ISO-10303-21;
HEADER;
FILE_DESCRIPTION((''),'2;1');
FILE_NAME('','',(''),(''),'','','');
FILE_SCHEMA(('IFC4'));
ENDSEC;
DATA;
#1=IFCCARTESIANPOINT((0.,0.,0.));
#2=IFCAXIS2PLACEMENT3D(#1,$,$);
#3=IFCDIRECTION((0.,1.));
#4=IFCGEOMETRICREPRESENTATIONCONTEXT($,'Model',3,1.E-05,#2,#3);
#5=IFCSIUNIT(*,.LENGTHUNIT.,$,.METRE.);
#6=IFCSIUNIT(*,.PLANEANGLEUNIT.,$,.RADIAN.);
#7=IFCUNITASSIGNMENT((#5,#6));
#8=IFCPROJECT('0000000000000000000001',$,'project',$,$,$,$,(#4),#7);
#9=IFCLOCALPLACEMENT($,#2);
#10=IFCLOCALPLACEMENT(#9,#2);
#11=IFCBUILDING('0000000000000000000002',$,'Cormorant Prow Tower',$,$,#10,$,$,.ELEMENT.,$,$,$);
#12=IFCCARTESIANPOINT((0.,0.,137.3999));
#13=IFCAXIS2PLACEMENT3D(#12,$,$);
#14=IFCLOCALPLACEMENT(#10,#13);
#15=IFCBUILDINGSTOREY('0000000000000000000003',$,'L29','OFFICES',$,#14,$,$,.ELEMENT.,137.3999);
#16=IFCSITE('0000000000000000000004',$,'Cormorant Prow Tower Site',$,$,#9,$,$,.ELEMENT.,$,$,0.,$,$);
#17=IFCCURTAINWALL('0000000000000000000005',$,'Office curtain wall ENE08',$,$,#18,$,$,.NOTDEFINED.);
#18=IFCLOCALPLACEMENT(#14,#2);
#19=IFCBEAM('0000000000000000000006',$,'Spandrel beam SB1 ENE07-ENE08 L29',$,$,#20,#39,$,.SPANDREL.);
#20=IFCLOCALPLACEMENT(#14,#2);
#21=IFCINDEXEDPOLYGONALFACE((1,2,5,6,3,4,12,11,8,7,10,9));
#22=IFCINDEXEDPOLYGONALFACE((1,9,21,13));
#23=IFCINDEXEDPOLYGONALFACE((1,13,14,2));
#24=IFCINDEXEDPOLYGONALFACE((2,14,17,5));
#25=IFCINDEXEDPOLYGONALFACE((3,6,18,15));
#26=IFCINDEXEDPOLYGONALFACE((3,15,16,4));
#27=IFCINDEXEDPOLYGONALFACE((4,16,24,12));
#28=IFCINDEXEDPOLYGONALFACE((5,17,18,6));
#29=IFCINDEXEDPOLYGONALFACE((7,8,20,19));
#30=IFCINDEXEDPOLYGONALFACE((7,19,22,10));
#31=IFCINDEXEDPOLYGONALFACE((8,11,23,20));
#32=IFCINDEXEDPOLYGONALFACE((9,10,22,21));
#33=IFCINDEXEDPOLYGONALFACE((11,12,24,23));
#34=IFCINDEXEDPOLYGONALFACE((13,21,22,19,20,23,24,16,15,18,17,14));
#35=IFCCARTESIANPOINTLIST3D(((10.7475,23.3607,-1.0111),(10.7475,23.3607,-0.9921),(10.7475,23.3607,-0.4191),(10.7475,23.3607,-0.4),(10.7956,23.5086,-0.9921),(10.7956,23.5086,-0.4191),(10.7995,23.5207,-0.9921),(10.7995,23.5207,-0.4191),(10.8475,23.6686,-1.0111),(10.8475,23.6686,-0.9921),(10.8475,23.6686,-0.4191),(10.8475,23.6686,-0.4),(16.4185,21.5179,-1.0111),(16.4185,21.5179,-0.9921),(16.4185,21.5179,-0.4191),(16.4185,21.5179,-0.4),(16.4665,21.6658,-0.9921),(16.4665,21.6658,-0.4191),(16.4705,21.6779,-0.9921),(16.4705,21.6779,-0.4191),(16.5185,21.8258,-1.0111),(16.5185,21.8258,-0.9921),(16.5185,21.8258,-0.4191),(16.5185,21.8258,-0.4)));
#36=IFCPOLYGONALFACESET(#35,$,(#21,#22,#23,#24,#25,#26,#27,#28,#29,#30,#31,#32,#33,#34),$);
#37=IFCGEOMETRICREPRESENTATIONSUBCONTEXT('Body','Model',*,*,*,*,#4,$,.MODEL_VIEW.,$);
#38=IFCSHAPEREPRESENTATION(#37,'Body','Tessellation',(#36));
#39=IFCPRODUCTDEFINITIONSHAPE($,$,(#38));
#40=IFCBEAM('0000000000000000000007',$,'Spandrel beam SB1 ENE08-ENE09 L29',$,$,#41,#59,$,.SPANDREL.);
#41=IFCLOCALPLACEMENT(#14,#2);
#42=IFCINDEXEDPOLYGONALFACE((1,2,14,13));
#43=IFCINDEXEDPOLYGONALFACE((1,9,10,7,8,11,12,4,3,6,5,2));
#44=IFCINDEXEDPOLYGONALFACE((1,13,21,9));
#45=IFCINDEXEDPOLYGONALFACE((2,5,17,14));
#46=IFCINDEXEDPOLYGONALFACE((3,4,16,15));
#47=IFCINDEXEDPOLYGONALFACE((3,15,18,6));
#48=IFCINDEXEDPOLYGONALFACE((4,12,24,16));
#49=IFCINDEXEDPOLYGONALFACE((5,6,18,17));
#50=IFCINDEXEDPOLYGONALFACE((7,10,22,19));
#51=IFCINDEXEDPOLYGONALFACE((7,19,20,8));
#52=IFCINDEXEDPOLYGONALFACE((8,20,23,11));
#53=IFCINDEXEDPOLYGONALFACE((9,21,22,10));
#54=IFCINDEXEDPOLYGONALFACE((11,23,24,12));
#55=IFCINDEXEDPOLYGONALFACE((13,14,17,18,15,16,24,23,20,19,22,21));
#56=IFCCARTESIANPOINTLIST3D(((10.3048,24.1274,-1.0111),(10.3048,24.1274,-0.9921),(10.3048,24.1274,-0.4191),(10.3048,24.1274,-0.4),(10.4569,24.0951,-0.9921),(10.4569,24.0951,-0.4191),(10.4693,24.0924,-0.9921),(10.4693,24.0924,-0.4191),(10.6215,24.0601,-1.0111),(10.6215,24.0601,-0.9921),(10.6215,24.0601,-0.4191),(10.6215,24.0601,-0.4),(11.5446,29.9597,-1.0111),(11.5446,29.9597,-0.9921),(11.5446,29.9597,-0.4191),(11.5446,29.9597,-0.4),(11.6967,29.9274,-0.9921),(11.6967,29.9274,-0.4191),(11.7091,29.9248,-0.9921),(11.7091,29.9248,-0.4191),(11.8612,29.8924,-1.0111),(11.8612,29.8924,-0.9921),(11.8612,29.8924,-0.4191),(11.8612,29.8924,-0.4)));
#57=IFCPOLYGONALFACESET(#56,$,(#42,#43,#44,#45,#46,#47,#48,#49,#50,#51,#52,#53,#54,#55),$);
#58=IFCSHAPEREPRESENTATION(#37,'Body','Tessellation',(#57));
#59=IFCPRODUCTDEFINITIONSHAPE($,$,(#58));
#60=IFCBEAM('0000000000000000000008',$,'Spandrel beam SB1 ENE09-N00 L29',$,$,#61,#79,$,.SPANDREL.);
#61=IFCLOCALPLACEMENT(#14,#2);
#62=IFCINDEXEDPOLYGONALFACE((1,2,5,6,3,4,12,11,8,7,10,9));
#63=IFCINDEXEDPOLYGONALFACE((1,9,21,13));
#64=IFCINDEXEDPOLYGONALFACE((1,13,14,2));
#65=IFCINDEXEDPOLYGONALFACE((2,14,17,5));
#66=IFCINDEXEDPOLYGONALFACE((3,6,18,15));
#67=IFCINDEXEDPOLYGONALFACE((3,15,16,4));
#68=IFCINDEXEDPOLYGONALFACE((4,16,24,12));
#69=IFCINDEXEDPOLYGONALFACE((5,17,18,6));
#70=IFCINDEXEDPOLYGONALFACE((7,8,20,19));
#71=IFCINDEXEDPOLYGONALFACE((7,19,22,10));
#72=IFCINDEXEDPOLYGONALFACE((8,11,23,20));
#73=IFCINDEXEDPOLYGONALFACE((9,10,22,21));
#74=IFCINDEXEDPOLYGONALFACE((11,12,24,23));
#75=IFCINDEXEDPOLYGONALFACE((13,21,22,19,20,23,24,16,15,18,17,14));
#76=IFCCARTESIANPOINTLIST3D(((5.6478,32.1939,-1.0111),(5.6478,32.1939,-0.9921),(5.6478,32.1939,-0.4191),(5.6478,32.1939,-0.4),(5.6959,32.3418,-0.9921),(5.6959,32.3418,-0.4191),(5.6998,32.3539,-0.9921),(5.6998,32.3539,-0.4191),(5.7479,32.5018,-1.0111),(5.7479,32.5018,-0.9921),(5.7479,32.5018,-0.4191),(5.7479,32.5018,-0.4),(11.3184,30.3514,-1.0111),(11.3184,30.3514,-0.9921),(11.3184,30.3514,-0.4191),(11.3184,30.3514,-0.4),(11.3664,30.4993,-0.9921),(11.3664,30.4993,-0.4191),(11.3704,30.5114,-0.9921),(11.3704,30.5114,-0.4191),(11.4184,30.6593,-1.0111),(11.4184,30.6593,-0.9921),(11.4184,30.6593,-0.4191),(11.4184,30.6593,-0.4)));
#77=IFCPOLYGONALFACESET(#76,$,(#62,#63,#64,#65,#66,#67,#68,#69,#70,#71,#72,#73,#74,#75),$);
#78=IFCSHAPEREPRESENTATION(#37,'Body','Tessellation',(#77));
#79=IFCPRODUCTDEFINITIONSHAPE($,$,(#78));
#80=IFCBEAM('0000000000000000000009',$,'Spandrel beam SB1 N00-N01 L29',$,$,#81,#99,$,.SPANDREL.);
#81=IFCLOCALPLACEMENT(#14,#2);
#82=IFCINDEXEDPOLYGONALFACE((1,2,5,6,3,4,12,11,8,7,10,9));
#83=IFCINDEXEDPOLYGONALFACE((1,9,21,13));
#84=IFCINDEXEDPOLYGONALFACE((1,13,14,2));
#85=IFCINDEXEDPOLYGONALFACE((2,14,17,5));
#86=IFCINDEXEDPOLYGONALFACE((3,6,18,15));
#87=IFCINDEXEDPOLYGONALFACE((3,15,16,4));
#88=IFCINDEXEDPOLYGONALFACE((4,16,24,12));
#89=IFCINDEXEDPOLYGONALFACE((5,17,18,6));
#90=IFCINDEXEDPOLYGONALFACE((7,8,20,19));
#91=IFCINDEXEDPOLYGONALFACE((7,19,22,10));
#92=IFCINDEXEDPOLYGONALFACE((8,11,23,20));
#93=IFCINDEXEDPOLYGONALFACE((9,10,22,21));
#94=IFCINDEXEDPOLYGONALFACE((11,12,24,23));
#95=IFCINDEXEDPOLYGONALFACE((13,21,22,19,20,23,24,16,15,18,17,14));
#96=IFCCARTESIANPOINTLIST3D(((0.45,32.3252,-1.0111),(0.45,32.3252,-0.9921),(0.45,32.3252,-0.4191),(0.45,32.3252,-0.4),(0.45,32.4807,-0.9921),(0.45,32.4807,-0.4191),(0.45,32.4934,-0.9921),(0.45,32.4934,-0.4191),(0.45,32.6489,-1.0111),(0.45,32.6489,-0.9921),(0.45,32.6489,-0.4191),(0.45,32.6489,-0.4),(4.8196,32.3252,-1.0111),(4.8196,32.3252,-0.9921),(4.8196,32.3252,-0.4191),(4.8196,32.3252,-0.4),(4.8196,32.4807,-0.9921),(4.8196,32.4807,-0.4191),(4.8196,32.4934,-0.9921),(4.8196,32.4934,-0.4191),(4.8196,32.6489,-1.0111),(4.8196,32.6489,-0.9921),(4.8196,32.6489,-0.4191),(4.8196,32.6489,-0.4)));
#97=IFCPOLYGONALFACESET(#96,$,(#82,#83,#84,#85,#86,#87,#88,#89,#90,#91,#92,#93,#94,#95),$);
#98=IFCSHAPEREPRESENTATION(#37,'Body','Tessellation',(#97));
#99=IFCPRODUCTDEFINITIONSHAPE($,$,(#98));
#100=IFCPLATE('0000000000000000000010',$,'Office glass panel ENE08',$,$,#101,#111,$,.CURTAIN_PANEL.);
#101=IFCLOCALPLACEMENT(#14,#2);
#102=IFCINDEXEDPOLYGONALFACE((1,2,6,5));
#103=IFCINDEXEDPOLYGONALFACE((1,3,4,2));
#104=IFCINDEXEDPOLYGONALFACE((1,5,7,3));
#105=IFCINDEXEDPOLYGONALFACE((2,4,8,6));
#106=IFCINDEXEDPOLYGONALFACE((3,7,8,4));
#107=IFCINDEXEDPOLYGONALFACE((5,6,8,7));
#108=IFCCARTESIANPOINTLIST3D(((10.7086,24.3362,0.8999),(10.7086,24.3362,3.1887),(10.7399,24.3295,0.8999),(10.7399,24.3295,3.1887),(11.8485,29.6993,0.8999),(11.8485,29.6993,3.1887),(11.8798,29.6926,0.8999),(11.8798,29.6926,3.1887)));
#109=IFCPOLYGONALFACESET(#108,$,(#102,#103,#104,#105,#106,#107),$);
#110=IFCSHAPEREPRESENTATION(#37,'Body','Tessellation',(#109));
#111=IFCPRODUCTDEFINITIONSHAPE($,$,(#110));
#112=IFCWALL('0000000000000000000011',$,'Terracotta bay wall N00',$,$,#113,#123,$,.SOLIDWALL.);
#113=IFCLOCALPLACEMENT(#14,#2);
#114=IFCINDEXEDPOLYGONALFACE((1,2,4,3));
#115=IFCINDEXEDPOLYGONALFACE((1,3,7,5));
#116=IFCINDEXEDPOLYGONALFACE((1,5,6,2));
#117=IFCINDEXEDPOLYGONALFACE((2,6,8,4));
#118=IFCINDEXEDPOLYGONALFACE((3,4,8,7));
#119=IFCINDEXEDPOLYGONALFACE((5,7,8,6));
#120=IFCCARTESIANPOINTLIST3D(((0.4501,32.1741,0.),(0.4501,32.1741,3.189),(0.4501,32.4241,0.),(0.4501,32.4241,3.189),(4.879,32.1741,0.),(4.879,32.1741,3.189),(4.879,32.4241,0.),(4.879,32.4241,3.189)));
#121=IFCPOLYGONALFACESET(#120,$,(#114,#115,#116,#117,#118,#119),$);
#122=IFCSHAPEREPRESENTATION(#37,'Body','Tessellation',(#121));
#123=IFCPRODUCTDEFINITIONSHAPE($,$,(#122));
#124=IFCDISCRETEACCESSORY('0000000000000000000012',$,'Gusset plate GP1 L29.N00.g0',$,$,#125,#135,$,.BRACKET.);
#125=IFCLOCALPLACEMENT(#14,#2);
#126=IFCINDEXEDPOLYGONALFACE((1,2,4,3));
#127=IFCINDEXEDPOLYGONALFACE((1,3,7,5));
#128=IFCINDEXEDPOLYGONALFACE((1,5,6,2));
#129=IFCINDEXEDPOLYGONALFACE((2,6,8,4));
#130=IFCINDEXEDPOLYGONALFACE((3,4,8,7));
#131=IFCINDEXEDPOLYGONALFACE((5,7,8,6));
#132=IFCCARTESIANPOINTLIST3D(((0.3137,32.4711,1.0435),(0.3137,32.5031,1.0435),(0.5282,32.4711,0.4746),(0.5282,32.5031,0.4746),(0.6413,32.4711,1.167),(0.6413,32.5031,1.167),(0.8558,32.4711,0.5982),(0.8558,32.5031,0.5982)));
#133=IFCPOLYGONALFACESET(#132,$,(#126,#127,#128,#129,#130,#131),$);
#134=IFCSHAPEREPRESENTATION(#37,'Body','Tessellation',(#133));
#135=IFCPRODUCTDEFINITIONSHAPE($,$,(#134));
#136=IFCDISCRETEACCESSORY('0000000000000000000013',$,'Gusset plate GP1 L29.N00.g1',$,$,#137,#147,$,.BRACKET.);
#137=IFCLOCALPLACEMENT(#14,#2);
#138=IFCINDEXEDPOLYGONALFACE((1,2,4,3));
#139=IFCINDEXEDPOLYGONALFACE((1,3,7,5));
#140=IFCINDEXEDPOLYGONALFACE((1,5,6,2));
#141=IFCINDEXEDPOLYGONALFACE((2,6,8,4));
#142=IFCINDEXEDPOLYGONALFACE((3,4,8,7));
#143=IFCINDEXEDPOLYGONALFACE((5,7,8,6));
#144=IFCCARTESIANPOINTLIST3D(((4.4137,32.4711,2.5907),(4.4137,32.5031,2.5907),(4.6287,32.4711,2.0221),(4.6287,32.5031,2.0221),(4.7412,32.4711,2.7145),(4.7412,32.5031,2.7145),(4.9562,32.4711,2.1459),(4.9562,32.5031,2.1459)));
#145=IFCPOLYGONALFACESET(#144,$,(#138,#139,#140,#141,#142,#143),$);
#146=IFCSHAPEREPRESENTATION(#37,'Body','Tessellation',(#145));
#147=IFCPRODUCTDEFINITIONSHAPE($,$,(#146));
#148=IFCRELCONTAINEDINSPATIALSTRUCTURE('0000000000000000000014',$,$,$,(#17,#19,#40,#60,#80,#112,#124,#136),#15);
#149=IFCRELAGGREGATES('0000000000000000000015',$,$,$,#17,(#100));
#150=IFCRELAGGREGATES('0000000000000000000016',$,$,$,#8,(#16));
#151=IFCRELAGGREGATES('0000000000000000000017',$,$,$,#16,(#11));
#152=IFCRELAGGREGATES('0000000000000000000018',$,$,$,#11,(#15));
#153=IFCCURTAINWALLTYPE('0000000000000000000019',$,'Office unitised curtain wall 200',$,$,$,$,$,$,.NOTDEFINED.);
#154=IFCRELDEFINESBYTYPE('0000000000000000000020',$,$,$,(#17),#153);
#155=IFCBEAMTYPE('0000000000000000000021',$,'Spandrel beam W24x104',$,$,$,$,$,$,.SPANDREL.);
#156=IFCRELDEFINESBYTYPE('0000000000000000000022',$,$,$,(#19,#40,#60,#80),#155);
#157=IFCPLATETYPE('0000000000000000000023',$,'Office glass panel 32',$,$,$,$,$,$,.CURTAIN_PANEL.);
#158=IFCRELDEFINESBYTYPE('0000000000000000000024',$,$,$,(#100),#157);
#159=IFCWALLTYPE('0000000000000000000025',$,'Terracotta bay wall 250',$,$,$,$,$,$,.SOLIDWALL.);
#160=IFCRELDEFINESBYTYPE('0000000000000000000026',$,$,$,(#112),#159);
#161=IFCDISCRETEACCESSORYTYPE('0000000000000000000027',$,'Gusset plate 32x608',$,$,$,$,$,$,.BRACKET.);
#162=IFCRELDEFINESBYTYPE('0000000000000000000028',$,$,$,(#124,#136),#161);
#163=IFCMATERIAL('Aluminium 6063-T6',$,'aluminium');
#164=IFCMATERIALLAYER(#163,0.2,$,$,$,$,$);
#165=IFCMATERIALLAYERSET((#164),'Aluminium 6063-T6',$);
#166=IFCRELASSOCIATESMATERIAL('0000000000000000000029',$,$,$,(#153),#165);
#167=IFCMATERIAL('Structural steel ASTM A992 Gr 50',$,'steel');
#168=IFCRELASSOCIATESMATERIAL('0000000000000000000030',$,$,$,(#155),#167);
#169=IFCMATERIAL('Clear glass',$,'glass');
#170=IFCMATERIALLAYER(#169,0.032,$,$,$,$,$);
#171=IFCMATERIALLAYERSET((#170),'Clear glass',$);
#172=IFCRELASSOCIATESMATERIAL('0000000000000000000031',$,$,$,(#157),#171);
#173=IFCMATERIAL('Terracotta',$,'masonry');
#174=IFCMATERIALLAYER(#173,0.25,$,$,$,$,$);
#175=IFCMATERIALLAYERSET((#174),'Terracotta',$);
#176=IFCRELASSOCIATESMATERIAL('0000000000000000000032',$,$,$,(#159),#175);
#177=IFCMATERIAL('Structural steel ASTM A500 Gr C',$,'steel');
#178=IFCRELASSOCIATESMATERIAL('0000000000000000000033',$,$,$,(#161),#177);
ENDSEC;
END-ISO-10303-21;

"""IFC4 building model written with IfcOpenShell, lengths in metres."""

from ifc_helpers import new_model, si_unit, direction, frame, frame_2d, origin, origin_2d, place, context, subcontext, project, spatial, rectangle, i_section, extrude, material, layer, layer_set, material_profile, profile_set, type_object, element, aggregate, save


model = new_model("IFC4")

# Units and contexts
model_context = context("Model", 3, precision=1e-05, world=origin(), true_north=direction((0.0, 1.0)))
body_context = subcontext(model_context, "Body", "Model", "MODEL_VIEW")
ifc_project = project(units=[si_unit("LENGTHUNIT", "METRE"), si_unit("PLANEANGLEUNIT", "RADIAN")], contexts=[model_context])

# Site, building, storey
site_placement = place(None, origin())
site = spatial("IfcSite", under=ifc_project, at=site_placement, Name="Cormorant Prow Tower Site", CompositionType="ELEMENT", RefElevation=0.0)
building_placement = place(site_placement, origin())
building = spatial("IfcBuilding", under=site, at=building_placement, Name="Cormorant Prow Tower", CompositionType="ELEMENT")
storey_placement = place(building_placement, frame((0.0, 0.0, 137.3999)))
storey = spatial("IfcBuildingStorey", under=building, at=storey_placement, Name="L29", Description="OFFICES", CompositionType="ELEMENT", Elevation=137.3999)

# Curtain wall
ifc_material_1 = material(Name="Aluminium 6063-T6", Category="aluminium")
ifc_layer_1 = layer(ifc_material_1, 0.2)
ifc_layer_set_1 = layer_set([ifc_layer_1], Name="Aluminium 6063-T6")
curtain_wall_type = type_object("IfcCurtainWallType", Name="Office unitised curtain wall 200", PredefinedType="NOTDEFINED", material=ifc_layer_set_1)
curtain_wall_placement = place(storey_placement, origin())
curtain_wall = element("IfcCurtainWall", 1, at=curtain_wall_placement, inside=storey, type_object=curtain_wall_type, Name="Office curtain wall ENE08", PredefinedType="NOTDEFINED")

# Beams
ifc_material_2 = material(Name="Structural steel ASTM A992 Gr 50", Category="steel")
ifc_material_profile_1 = material_profile(ifc_material_2, i_section(OverallWidth=0.3237, OverallDepth=0.6111, WebThickness=0.0127, FlangeThickness=0.019, at=origin_2d()), Name="W24x104")
ifc_profile_set_1 = profile_set([ifc_material_profile_1], Name="Structural steel ASTM A992 Gr 50")
beam_type_1 = type_object("IfcBeamType", Name="Spandrel beam W24x104", PredefinedType="SPANDREL", material=ifc_profile_set_1)
beam_1_placement = place(storey_placement, frame((16.4685, 21.6719, -0.7056), z_axis=(-0.951047, 0.309045, 0.0), x_axis=(-0.309045, -0.951047, 0.0)))
element("IfcBeam", 2, at=beam_1_placement, inside=storey, type_object=beam_type_1, Name="Spandrel beam SB1 ENE07-ENE08 L29", PredefinedType="SPANDREL", context=body_context, shape_type="SweptSolid", body=[
    extrude(i_section(OverallWidth=0.3237, OverallDepth=0.6111, WebThickness=0.0127, FlangeThickness=0.019, at=origin_2d()), origin(), (0.0, 0.0, 1.0), 5.9629),
])
beam_2_placement = place(storey_placement, frame((10.4631, 24.0938, -0.7056), z_axis=(0.207921, 0.978146, 0.0), x_axis=(-0.978146, 0.207921, 0.0)))
element("IfcBeam", 3, at=beam_2_placement, inside=storey, type_object=beam_type_1, Name="Spandrel beam SB1 ENE08-ENE09 L29", PredefinedType="SPANDREL", context=body_context, shape_type="SweptSolid", body=[
    extrude(i_section(OverallWidth=0.3237, OverallDepth=0.6111, WebThickness=0.0127, FlangeThickness=0.019, at=origin_2d()), origin(), (0.0, 0.0, 1.0), 5.9626),
])
beam_3_placement = place(storey_placement, frame((11.3684, 30.5054, -0.7056), z_axis=(-0.951055, 0.30902, 0.0), x_axis=(-0.30902, -0.951055, 0.0)))
element("IfcBeam", 4, at=beam_3_placement, inside=storey, type_object=beam_type_1, Name="Spandrel beam SB1 ENE09-N00 L29", PredefinedType="SPANDREL", context=body_context, shape_type="SweptSolid", body=[
    extrude(i_section(OverallWidth=0.3237, OverallDepth=0.6111, WebThickness=0.0127, FlangeThickness=0.019, at=origin_2d()), origin(), (0.0, 0.0, 1.0), 5.9624),
])
beam_4_placement = place(storey_placement, frame((4.8196, 32.4871, -0.7056), z_axis=(-1.0, 0.0, 0.0), x_axis=(0.0, -1.0, 0.0)))
element("IfcBeam", 5, at=beam_4_placement, inside=storey, type_object=beam_type_1, Name="Spandrel beam SB1 N00-N01 L29", PredefinedType="SPANDREL", context=body_context, shape_type="SweptSolid", body=[
    extrude(i_section(OverallWidth=0.3237, OverallDepth=0.6111, WebThickness=0.0127, FlangeThickness=0.019, at=origin_2d()), origin(), (0.0, 0.0, 1.0), 4.3696),
])

# Plate
ifc_material_3 = material(Name="Clear glass", Category="glass")
ifc_layer_2 = layer(ifc_material_3, 0.032)
ifc_layer_set_2 = layer_set([ifc_layer_2], Name="Clear glass")
plate_type = type_object("IfcPlateType", Name="Office glass panel 32", PredefinedType="CURTAIN_PANEL", material=ifc_layer_set_2)
plate_placement = place(storey_placement, frame((11.2942, 27.0144, 0.8999), z_axis=(0.0, 0.0, 1.0), x_axis=(0.207912, 0.978148, 0.0)))
plate = element("IfcPlate", 6, at=plate_placement, type_object=plate_type, Name="Office glass panel ENE08", PredefinedType="CURTAIN_PANEL", context=body_context, shape_type="SweptSolid", body=[
    extrude(rectangle(XDim=5.4829, YDim=0.032, at=origin_2d()), origin(), (0.0, 0.0, 1.0), 2.2888),
])
aggregate(curtain_wall, [plate])

# Wall
ifc_material_4 = material(Name="Terracotta", Category="masonry")
ifc_layer_3 = layer(ifc_material_4, 0.25)
ifc_layer_set_3 = layer_set([ifc_layer_3], Name="Terracotta")
wall_type_1 = type_object("IfcWallType", Name="Terracotta bay wall 250", PredefinedType="SOLIDWALL", material=ifc_layer_set_3)
wall_1_placement = place(storey_placement, frame((4.8789, 32.2991, 0.0), z_axis=(0.0, 0.0, 1.0), x_axis=(-1.0, 0.0, 0.0)))
element("IfcWall", 7, at=wall_1_placement, inside=storey, type_object=wall_type_1, Name="Terracotta bay wall N00", PredefinedType="SOLIDWALL", context=body_context, shape_type="SweptSolid", body=[
    extrude(rectangle(XDim=4.429, YDim=0.25, at=frame_2d((2.2144, 0.0))), origin(), (0.0, 0.0, 1.0), 3.189),
])

# Discrete accessories
ifc_material_5 = material(Name="Structural steel ASTM A500 Gr C", Category="steel")
ifc_material_profile_2 = material_profile(ifc_material_5, rectangle(XDim=0.032, YDim=0.6079, at=origin_2d()), Name="Gusset plate 32x608")
ifc_profile_set_2 = profile_set([ifc_material_profile_2], Name="Structural steel ASTM A500 Gr C")
discrete_accessory_type = type_object("IfcDiscreteAccessoryType", Name="Gusset plate 32x608", PredefinedType="BRACKET", material=ifc_profile_set_2)
for number, where, z_axis, x_axis, name in (
    (8, (0.7485, 32.4871, 0.8826), (-0.935697, 0.0, -0.352804), (0.0, -1.0, 0.0), "Gusset plate GP1 L29.N00.g0"),
    (9, (4.5212, 32.4871, 2.3064), (0.93538, 0.0, 0.353645), (0.0, 1.0, 0.0), "Gusset plate GP1 L29.N00.g1"),
):
    element("IfcDiscreteAccessory", number, at=place(storey_placement, frame(where, z_axis=z_axis, x_axis=x_axis)), inside=storey, type_object=discrete_accessory_type, Name=name, PredefinedType="BRACKET", context=body_context, shape_type="SweptSolid", body=[
        extrude(rectangle(XDim=0.032, YDim=0.6079, at=origin_2d()), origin(), (0.0, 0.0, 1.0), 0.3501),
    ])

save(model, "model.ifc")
